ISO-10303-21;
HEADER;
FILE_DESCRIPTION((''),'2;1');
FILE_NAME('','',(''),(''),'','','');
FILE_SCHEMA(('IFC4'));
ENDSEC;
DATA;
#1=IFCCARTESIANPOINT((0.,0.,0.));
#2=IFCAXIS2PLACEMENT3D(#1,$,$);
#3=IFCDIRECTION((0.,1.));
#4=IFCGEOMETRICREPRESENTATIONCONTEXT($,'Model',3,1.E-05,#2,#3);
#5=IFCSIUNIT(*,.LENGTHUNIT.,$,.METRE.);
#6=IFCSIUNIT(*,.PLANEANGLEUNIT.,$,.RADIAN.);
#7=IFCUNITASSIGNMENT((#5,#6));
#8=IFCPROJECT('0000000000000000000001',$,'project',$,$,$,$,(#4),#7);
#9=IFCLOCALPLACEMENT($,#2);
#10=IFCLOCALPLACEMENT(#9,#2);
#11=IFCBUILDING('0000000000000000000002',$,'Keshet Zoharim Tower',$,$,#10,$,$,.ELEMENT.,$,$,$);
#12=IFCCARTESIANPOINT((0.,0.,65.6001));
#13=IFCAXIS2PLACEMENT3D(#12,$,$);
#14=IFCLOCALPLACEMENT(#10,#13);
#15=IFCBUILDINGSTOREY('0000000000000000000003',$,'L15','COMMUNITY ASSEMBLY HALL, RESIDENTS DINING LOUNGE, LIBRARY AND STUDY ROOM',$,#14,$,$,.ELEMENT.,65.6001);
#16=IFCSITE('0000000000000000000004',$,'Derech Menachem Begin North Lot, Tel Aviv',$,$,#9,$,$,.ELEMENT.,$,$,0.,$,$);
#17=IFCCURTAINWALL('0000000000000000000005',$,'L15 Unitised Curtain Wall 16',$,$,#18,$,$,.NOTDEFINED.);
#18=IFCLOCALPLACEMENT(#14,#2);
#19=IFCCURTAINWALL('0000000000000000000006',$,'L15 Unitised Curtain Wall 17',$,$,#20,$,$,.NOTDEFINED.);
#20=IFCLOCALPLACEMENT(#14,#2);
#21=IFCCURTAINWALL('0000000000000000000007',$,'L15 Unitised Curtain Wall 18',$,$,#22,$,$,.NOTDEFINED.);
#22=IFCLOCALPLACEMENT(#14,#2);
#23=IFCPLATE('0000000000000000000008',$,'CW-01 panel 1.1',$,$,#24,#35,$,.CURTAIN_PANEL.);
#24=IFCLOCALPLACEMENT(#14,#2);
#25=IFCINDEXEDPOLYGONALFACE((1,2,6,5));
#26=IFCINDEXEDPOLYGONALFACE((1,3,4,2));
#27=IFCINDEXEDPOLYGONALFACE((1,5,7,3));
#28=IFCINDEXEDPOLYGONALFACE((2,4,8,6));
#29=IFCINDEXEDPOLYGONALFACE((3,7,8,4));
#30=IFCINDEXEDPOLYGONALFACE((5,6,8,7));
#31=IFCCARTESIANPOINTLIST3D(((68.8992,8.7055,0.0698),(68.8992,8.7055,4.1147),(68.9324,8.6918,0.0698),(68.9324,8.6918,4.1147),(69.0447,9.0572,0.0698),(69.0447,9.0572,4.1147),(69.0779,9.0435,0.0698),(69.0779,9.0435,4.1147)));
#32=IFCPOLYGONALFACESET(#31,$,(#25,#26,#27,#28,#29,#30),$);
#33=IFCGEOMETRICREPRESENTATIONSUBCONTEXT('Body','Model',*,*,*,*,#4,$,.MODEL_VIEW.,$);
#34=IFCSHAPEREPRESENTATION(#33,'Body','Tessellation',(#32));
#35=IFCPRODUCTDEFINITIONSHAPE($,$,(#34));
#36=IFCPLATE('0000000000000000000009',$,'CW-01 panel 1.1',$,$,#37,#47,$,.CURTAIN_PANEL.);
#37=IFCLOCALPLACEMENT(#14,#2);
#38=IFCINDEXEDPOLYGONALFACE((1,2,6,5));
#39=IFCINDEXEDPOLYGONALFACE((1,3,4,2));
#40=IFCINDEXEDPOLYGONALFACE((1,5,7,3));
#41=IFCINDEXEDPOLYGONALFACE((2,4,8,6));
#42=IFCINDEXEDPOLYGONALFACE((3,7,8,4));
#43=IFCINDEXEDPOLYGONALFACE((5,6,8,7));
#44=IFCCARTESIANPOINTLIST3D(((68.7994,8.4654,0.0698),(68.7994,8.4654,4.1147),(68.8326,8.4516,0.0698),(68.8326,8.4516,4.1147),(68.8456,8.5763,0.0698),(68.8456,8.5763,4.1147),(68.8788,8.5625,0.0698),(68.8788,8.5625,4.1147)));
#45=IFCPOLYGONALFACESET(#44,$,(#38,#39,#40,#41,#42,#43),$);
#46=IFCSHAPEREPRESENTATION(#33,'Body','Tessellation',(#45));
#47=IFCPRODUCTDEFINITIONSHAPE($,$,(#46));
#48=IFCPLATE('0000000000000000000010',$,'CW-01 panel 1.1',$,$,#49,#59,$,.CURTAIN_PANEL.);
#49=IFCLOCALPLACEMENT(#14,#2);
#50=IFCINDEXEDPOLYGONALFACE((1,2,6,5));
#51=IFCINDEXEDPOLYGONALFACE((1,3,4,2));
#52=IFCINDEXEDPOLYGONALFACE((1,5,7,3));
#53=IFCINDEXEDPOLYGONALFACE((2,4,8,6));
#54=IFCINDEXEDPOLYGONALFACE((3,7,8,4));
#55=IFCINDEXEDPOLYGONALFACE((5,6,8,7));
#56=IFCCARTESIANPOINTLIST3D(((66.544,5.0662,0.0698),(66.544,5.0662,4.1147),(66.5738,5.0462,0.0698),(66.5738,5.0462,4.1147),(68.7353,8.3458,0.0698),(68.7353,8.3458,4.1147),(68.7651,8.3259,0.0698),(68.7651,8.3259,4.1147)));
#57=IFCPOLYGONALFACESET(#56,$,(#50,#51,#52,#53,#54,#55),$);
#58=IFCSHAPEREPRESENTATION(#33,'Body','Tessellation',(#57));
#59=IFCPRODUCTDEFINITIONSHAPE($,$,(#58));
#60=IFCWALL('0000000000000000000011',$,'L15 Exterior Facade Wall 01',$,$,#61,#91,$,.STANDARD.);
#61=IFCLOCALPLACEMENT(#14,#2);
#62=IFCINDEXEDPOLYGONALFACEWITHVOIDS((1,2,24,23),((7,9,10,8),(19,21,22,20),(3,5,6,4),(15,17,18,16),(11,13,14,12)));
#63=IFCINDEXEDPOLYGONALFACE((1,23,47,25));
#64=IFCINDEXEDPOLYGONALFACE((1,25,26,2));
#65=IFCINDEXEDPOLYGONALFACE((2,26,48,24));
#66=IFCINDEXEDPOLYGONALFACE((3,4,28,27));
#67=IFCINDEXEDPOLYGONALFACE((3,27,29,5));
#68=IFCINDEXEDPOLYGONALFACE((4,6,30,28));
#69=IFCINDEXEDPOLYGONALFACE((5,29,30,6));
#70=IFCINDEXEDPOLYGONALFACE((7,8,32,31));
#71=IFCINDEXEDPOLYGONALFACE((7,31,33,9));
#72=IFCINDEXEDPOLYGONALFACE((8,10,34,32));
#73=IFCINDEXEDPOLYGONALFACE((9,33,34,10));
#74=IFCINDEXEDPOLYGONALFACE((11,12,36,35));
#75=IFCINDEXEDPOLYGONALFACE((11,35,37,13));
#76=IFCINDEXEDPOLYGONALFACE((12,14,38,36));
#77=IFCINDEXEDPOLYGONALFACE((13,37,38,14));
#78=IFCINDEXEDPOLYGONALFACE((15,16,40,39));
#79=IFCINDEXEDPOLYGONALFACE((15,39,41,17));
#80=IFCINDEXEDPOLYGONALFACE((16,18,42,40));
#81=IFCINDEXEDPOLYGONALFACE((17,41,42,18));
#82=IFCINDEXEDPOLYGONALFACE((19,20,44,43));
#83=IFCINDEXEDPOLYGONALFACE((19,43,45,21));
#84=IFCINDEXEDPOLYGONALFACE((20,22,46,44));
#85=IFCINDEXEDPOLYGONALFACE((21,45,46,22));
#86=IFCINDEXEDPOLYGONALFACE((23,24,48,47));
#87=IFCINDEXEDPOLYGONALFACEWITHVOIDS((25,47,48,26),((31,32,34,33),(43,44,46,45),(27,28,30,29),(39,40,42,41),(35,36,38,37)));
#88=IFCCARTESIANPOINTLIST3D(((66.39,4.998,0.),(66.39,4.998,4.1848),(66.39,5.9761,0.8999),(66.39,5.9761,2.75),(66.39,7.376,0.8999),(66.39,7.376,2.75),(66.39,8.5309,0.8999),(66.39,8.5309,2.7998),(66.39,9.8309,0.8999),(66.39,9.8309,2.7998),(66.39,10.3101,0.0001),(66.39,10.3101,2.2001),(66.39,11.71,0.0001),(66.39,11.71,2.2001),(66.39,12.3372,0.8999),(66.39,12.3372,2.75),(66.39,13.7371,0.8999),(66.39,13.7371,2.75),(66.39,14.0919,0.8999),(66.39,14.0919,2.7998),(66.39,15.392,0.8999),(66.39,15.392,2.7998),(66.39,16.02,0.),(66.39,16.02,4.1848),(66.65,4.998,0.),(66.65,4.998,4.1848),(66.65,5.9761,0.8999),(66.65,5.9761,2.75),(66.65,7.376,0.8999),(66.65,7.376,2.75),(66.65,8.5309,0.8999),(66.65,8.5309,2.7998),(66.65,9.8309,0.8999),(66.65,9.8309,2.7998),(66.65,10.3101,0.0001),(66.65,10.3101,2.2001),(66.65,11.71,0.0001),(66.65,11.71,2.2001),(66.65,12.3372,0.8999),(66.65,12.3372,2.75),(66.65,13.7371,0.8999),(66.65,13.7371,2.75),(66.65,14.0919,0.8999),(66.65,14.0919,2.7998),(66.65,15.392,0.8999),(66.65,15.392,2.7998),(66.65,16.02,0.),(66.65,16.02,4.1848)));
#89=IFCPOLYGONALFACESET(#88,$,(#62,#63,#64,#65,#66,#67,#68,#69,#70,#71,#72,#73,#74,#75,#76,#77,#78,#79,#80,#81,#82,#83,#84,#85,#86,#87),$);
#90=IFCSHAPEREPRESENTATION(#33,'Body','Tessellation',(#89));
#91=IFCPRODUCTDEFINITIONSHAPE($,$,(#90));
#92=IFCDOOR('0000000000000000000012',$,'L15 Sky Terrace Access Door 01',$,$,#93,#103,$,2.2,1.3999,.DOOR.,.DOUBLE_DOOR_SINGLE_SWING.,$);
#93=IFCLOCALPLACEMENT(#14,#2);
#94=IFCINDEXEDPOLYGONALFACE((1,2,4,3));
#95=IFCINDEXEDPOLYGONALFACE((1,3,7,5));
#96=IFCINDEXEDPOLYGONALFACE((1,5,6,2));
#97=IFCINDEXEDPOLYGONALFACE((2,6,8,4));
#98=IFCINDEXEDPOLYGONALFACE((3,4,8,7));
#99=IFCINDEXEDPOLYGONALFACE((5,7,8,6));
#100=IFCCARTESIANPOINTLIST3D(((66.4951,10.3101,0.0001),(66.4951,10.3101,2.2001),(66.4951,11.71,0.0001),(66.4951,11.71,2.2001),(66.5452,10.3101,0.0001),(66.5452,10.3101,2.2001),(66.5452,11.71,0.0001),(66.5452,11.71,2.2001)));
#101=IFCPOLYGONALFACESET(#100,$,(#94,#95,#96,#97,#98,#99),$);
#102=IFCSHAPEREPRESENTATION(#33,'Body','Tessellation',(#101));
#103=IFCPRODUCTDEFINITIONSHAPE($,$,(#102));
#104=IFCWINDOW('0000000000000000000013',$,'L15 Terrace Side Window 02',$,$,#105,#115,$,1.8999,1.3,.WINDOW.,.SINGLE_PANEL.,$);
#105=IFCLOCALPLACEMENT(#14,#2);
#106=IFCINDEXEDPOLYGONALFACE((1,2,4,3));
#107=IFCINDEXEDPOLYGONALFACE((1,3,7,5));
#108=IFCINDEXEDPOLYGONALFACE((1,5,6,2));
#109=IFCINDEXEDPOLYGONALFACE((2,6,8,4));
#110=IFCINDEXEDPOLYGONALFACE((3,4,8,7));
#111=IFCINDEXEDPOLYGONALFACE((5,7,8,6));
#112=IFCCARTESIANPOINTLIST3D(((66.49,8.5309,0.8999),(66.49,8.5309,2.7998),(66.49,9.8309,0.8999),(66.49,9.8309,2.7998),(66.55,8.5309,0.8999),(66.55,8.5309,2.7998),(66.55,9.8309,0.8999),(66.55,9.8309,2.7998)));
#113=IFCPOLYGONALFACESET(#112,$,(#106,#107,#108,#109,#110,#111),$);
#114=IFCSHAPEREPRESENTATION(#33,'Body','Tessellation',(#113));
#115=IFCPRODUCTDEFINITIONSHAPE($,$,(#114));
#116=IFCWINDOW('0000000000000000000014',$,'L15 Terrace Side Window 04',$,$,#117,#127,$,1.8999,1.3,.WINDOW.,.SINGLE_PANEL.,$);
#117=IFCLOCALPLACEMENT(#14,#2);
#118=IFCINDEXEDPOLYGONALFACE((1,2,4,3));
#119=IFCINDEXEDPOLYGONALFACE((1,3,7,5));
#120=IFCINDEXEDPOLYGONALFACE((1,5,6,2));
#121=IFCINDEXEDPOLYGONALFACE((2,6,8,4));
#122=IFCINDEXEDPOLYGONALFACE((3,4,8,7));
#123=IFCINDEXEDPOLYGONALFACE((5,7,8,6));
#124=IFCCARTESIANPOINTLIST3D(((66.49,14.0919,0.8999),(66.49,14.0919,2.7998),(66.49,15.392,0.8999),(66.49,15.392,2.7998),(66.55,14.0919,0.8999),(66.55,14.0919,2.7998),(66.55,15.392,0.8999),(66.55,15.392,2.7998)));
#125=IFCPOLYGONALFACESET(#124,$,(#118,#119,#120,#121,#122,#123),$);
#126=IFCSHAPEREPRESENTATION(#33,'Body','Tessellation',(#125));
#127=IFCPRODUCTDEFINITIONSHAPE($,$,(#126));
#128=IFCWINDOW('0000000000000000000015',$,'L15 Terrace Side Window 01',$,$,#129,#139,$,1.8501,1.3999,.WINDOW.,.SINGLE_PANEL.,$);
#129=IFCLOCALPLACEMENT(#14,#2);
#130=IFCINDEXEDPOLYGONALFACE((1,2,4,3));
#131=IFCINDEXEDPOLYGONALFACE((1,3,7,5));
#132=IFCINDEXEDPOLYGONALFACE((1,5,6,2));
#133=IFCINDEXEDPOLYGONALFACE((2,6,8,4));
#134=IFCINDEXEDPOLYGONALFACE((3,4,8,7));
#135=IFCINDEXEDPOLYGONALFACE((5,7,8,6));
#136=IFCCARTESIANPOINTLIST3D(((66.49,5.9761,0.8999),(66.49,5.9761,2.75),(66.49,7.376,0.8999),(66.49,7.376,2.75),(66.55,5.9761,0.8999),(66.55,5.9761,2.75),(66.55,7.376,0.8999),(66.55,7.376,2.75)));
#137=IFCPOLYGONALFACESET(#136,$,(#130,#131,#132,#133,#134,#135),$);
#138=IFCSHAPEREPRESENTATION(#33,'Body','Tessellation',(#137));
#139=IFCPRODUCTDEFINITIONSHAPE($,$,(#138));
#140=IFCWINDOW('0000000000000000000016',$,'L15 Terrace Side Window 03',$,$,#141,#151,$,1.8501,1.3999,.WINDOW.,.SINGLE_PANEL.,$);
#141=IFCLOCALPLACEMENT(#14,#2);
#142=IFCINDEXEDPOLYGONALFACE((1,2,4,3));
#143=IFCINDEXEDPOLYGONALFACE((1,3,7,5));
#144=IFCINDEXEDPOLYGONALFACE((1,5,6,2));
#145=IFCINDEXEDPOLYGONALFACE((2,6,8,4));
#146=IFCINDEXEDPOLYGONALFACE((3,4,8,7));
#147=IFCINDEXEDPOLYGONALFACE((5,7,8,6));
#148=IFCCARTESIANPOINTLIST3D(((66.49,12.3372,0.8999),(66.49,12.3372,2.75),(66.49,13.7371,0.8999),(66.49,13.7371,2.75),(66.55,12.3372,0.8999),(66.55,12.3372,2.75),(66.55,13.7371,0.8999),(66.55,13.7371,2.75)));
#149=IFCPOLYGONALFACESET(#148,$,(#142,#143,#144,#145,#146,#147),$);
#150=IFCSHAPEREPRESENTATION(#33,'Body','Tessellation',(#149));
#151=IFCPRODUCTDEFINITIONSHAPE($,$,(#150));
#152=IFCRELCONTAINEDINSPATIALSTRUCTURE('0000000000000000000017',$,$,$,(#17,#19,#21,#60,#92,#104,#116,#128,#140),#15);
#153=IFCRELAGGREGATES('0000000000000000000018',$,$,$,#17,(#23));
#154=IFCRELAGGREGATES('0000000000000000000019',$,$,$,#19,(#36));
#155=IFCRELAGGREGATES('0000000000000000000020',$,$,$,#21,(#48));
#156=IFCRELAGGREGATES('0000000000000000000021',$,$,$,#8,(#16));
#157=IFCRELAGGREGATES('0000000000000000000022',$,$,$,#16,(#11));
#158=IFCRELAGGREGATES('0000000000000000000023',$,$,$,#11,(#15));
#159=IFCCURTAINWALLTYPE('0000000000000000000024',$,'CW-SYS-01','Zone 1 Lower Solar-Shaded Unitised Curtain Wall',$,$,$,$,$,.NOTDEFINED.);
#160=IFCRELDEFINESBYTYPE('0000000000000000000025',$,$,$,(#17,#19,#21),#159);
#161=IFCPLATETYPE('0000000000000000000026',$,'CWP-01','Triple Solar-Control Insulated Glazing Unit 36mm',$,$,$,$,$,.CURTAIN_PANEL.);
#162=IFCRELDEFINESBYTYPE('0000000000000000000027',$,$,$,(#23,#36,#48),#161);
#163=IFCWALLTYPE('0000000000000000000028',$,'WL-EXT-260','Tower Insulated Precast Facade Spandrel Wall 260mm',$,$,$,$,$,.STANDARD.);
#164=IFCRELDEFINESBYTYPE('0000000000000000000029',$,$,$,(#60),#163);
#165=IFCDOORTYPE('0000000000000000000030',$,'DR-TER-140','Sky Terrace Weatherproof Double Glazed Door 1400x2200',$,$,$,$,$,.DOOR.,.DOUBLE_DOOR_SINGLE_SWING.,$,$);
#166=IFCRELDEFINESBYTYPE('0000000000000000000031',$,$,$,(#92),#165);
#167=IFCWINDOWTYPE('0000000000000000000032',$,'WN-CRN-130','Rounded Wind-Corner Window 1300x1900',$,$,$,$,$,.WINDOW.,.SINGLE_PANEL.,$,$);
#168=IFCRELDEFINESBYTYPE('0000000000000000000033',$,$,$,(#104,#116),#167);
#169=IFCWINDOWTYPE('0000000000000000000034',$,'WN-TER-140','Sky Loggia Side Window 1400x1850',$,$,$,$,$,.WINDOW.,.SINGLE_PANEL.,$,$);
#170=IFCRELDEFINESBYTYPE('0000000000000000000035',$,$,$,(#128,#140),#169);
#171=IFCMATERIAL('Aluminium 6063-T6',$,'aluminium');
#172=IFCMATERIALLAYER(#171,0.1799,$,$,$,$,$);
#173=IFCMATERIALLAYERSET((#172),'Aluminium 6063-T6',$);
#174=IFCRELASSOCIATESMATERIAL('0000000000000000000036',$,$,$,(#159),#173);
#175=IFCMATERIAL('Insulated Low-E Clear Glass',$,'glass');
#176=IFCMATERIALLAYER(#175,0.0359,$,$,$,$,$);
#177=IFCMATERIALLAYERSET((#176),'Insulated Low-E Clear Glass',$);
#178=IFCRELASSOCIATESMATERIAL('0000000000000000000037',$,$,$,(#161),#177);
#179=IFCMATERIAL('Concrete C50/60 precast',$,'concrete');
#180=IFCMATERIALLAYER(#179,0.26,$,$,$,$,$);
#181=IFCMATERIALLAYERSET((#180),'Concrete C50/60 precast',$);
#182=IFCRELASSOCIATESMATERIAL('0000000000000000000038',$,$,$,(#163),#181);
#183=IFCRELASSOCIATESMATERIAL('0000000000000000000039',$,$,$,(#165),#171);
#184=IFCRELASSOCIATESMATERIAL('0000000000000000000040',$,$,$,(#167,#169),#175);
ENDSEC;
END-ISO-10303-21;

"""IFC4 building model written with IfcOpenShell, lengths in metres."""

from ifc_helpers import new_model, si_unit, direction, frame, frame_2d, origin, origin_2d, place, context, subcontext, project, spatial, rectangle, extrude, material, layer, layer_set, type_object, element, fill, aggregate, save


model = new_model("IFC4")

# Units and contexts
model_context = context("Model", 3, precision=1e-05, world=origin(), true_north=direction((0.0, 1.0)))
body_context = subcontext(model_context, "Body", "Model", "MODEL_VIEW")
ifc_project = project(units=[si_unit("LENGTHUNIT", "METRE"), si_unit("PLANEANGLEUNIT", "RADIAN")], contexts=[model_context])

# Site, building, storey
site_placement = place(None, origin())
site = spatial("IfcSite", under=ifc_project, at=site_placement, Name="Derech Menachem Begin North Lot, Tel Aviv", CompositionType="ELEMENT", RefElevation=0.0)
building_placement = place(site_placement, origin())
building = spatial("IfcBuilding", under=site, at=building_placement, Name="Keshet Zoharim Tower", CompositionType="ELEMENT")
storey_placement = place(building_placement, frame((0.0, 0.0, 65.6001)))
storey = spatial("IfcBuildingStorey", under=building, at=storey_placement, Name="L15", Description="COMMUNITY ASSEMBLY HALL, RESIDENTS DINING LOUNGE, LIBRARY AND STUDY ROOM", CompositionType="ELEMENT", Elevation=65.6001)

# Curtain walls
ifc_material_1 = material(Name="Aluminium 6063-T6", Category="aluminium")
ifc_layer_1 = layer(ifc_material_1, 0.1799)
ifc_layer_set_1 = layer_set([ifc_layer_1], Name="Aluminium 6063-T6")
curtain_wall_type = type_object("IfcCurtainWallType", Name="CW-SYS-01", Description="Zone 1 Lower Solar-Shaded Unitised Curtain Wall", PredefinedType="NOTDEFINED", material=ifc_layer_set_1)
curtain_wall_1_placement = place(storey_placement, origin())
curtain_wall_1 = element("IfcCurtainWall", 1, at=curtain_wall_1_placement, inside=storey, type_object=curtain_wall_type, Name="L15 Unitised Curtain Wall 16", PredefinedType="NOTDEFINED")
curtain_wall_2_placement = place(storey_placement, origin())
curtain_wall_2 = element("IfcCurtainWall", 2, at=curtain_wall_2_placement, inside=storey, type_object=curtain_wall_type, Name="L15 Unitised Curtain Wall 17", PredefinedType="NOTDEFINED")
curtain_wall_3_placement = place(storey_placement, origin())
curtain_wall_3 = element("IfcCurtainWall", 3, at=curtain_wall_3_placement, inside=storey, type_object=curtain_wall_type, Name="L15 Unitised Curtain Wall 18", PredefinedType="NOTDEFINED")

# Plates
ifc_material_2 = material(Name="Insulated Low-E Clear Glass", Category="glass")
ifc_layer_2 = layer(ifc_material_2, 0.0359)
ifc_layer_set_2 = layer_set([ifc_layer_2], Name="Insulated Low-E Clear Glass")
plate_type = type_object("IfcPlateType", Name="CWP-01", Description="Triple Solar-Control Insulated Glazing Unit 36mm", PredefinedType="CURTAIN_PANEL", material=ifc_layer_set_2)
plate_1_placement = place(storey_placement, frame((68.9885, 8.8745, 0.0698), z_axis=(0.0, 0.0, 1.0), x_axis=(-0.382295, -0.92404, 0.0)))
plate_1 = element("IfcPlate", 4, at=plate_1_placement, type_object=plate_type, Name="CW-01 panel 1.1", PredefinedType="CURTAIN_PANEL", context=body_context, shape_type="SweptSolid", body=[
    extrude(rectangle(XDim=0.3806, YDim=0.0359, at=origin_2d()), origin(), (0.0, 0.0, 1.0), 4.0449),
])
aggregate(curtain_wall_1, [plate_1])
plate_2_placement = place(storey_placement, frame((68.8391, 8.5139, 0.0698), z_axis=(0.0, 0.0, 1.0), x_axis=(-0.384615, -0.923077, 0.0)))
plate_2 = element("IfcPlate", 5, at=plate_2_placement, type_object=plate_type, Name="CW-01 panel 1.1", PredefinedType="CURTAIN_PANEL", context=body_context, shape_type="SweptSolid", body=[
    extrude(rectangle(XDim=0.1201, YDim=0.0359, at=origin_2d()), origin(), (0.0, 0.0, 1.0), 4.0449),
])
aggregate(curtain_wall_2, [plate_2])
plate_3_placement = place(storey_placement, frame((67.6545, 6.696, 0.0698), z_axis=(0.0, 0.0, 1.0), x_axis=(-0.555547, -0.831485, 0.0)))
plate_3 = element("IfcPlate", 6, at=plate_3_placement, type_object=plate_type, Name="CW-01 panel 1.1", PredefinedType="CURTAIN_PANEL", context=body_context, shape_type="SweptSolid", body=[
    extrude(rectangle(XDim=3.9443, YDim=0.0359, at=origin_2d()), origin(), (0.0, 0.0, 1.0), 4.0449),
])
aggregate(curtain_wall_3, [plate_3])

# Wall, openings, door, windows
ifc_material_3 = material(Name="Concrete C50/60 precast", Category="concrete")
ifc_layer_3 = layer(ifc_material_3, 0.26)
ifc_layer_set_3 = layer_set([ifc_layer_3], Name="Concrete C50/60 precast")
wall_type = type_object("IfcWallType", Name="WL-EXT-260", Description="Tower Insulated Precast Facade Spandrel Wall 260mm", PredefinedType="STANDARD", material=ifc_layer_set_3)
wall_placement = place(storey_placement, frame((66.52, 4.998, 0.0), z_axis=(0.0, 0.0, 1.0), x_axis=(0.0, 1.0, 0.0)))
wall = element("IfcWall", 7, at=wall_placement, inside=storey, type_object=wall_type, Name="L15 Exterior Facade Wall 01", PredefinedType="STANDARD", context=body_context, shape_type="SweptSolid", body=[
    extrude(rectangle(XDim=11.022, YDim=0.26, at=frame_2d((5.511, 0.0))), origin(), (0.0, 0.0, 1.0), 4.1848),
])
opening_1_placement = place(wall_placement, frame((5.312, 0.0, 0.0)))
opening_1 = element("IfcOpeningElement", 8, at=opening_1_placement, cuts=wall, PredefinedType="OPENING", context=body_context, shape_type="SweptSolid", body=[
    extrude(rectangle(XDim=1.3999, YDim=2.2, at=frame_2d((0.7, 1.1001))), frame((0.0, 0.1401, 0.0), z_axis=(0.0, -1.0, 0.0), x_axis=(1.0, 0.0, 0.0)), (0.0, 0.0, 1.0), 0.28),
])
opening_2_placement = place(wall_placement, frame((0.978, 0.0, 0.8999)))
opening_2 = element("IfcOpeningElement", 9, at=opening_2_placement, cuts=wall, PredefinedType="OPENING", context=body_context, shape_type="SweptSolid", body=[
    extrude(rectangle(XDim=1.3999, YDim=1.8501, at=frame_2d((0.7, 0.925))), frame((0.0, 0.1401, 0.0), z_axis=(0.0, -1.0, 0.0), x_axis=(1.0, 0.0, 0.0)), (0.0, 0.0, 1.0), 0.28),
])
opening_3_placement = place(wall_placement, frame((3.533, 0.0, 0.8999)))
opening_3 = element("IfcOpeningElement", 10, at=opening_3_placement, cuts=wall, PredefinedType="OPENING", context=body_context, shape_type="SweptSolid", body=[
    extrude(rectangle(XDim=1.3, YDim=1.8999, at=frame_2d((0.6499, 0.95))), frame((0.0, 0.1401, 0.0), z_axis=(0.0, -1.0, 0.0), x_axis=(1.0, 0.0, 0.0)), (0.0, 0.0, 1.0), 0.28),
])
opening_4_placement = place(wall_placement, frame((7.3391, 0.0, 0.8999)))
opening_4 = element("IfcOpeningElement", 11, at=opening_4_placement, cuts=wall, PredefinedType="OPENING", context=body_context, shape_type="SweptSolid", body=[
    extrude(rectangle(XDim=1.3999, YDim=1.8501, at=frame_2d((0.7, 0.925))), frame((0.0, 0.1401, 0.0), z_axis=(0.0, -1.0, 0.0), x_axis=(1.0, 0.0, 0.0)), (0.0, 0.0, 1.0), 0.28),
])
opening_5_placement = place(wall_placement, frame((9.094, 0.0, 0.8999)))
opening_5 = element("IfcOpeningElement", 12, at=opening_5_placement, cuts=wall, PredefinedType="OPENING", context=body_context, shape_type="SweptSolid", body=[
    extrude(rectangle(XDim=1.3, YDim=1.8999, at=frame_2d((0.6499, 0.95))), frame((0.0, 0.1401, 0.0), z_axis=(0.0, -1.0, 0.0), x_axis=(1.0, 0.0, 0.0)), (0.0, 0.0, 1.0), 0.28),
])
door_type = type_object("IfcDoorType", Name="DR-TER-140", Description="Sky Terrace Weatherproof Double Glazed Door 1400x2200", OperationType="DOUBLE_DOOR_SINGLE_SWING", PredefinedType="DOOR", material=ifc_material_1)
door_placement = place(opening_1_placement, origin())
door = element("IfcDoor", 13, at=door_placement, inside=storey, type_object=door_type, Name="L15 Sky Terrace Access Door 01", OperationType="DOUBLE_DOOR_SINGLE_SWING", OverallHeight=2.2, OverallWidth=1.3999, PredefinedType="DOOR", context=body_context, shape_type="SweptSolid", body=[
    extrude(rectangle(XDim=1.3999, YDim=2.2, at=frame_2d((0.7, 1.1001))), frame((0.0, 0.0249, 0.0), z_axis=(0.0, -1.0, 0.0), x_axis=(1.0, 0.0, 0.0)), (0.0, 0.0, 1.0), 0.05),
])
fill(opening_1, door)
window_type_1 = type_object("IfcWindowType", Name="WN-CRN-130", Description="Rounded Wind-Corner Window 1300x1900", PartitioningType="SINGLE_PANEL", PredefinedType="WINDOW", material=ifc_material_2)
window_1_placement = place(opening_3_placement, origin())
window_1 = element("IfcWindow", 14, at=window_1_placement, inside=storey, type_object=window_type_1, Name="L15 Terrace Side Window 02", OverallHeight=1.8999, OverallWidth=1.3, PartitioningType="SINGLE_PANEL", PredefinedType="WINDOW", context=body_context, shape_type="SweptSolid", body=[
    extrude(rectangle(XDim=1.3, YDim=1.8999, at=frame_2d((0.6499, 0.95))), frame((0.0, 0.03, 0.0), z_axis=(0.0, -1.0, 0.0), x_axis=(1.0, 0.0, 0.0)), (0.0, 0.0, 1.0), 0.0601),
])
fill(opening_3, window_1)
window_2_placement = place(opening_5_placement, origin())
window_2 = element("IfcWindow", 15, at=window_2_placement, inside=storey, type_object=window_type_1, Name="L15 Terrace Side Window 04", OverallHeight=1.8999, OverallWidth=1.3, PartitioningType="SINGLE_PANEL", PredefinedType="WINDOW", context=body_context, shape_type="SweptSolid", body=[
    extrude(rectangle(XDim=1.3, YDim=1.8999, at=frame_2d((0.6499, 0.95))), frame((0.0, 0.03, 0.0), z_axis=(0.0, -1.0, 0.0), x_axis=(1.0, 0.0, 0.0)), (0.0, 0.0, 1.0), 0.0601),
])
fill(opening_5, window_2)
window_type_2 = type_object("IfcWindowType", Name="WN-TER-140", Description="Sky Loggia Side Window 1400x1850", PartitioningType="SINGLE_PANEL", PredefinedType="WINDOW", material=ifc_material_2)
window_3_placement = place(opening_2_placement, origin())
window_3 = element("IfcWindow", 16, at=window_3_placement, inside=storey, type_object=window_type_2, Name="L15 Terrace Side Window 01", OverallHeight=1.8501, OverallWidth=1.3999, PartitioningType="SINGLE_PANEL", PredefinedType="WINDOW", context=body_context, shape_type="SweptSolid", body=[
    extrude(rectangle(XDim=1.3999, YDim=1.8501, at=frame_2d((0.7, 0.925))), frame((0.0, 0.03, 0.0), z_axis=(0.0, -1.0, 0.0), x_axis=(1.0, 0.0, 0.0)), (0.0, 0.0, 1.0), 0.0601),
])
fill(opening_2, window_3)
window_4_placement = place(opening_4_placement, origin())
window_4 = element("IfcWindow", 17, at=window_4_placement, inside=storey, type_object=window_type_2, Name="L15 Terrace Side Window 03", OverallHeight=1.8501, OverallWidth=1.3999, PartitioningType="SINGLE_PANEL", PredefinedType="WINDOW", context=body_context, shape_type="SweptSolid", body=[
    extrude(rectangle(XDim=1.3999, YDim=1.8501, at=frame_2d((0.7, 0.925))), frame((0.0, 0.03, 0.0), z_axis=(0.0, -1.0, 0.0), x_axis=(1.0, 0.0, 0.0)), (0.0, 0.0, 1.0), 0.0601),
])
fill(opening_4, window_4)

save(model, "model.ifc")
